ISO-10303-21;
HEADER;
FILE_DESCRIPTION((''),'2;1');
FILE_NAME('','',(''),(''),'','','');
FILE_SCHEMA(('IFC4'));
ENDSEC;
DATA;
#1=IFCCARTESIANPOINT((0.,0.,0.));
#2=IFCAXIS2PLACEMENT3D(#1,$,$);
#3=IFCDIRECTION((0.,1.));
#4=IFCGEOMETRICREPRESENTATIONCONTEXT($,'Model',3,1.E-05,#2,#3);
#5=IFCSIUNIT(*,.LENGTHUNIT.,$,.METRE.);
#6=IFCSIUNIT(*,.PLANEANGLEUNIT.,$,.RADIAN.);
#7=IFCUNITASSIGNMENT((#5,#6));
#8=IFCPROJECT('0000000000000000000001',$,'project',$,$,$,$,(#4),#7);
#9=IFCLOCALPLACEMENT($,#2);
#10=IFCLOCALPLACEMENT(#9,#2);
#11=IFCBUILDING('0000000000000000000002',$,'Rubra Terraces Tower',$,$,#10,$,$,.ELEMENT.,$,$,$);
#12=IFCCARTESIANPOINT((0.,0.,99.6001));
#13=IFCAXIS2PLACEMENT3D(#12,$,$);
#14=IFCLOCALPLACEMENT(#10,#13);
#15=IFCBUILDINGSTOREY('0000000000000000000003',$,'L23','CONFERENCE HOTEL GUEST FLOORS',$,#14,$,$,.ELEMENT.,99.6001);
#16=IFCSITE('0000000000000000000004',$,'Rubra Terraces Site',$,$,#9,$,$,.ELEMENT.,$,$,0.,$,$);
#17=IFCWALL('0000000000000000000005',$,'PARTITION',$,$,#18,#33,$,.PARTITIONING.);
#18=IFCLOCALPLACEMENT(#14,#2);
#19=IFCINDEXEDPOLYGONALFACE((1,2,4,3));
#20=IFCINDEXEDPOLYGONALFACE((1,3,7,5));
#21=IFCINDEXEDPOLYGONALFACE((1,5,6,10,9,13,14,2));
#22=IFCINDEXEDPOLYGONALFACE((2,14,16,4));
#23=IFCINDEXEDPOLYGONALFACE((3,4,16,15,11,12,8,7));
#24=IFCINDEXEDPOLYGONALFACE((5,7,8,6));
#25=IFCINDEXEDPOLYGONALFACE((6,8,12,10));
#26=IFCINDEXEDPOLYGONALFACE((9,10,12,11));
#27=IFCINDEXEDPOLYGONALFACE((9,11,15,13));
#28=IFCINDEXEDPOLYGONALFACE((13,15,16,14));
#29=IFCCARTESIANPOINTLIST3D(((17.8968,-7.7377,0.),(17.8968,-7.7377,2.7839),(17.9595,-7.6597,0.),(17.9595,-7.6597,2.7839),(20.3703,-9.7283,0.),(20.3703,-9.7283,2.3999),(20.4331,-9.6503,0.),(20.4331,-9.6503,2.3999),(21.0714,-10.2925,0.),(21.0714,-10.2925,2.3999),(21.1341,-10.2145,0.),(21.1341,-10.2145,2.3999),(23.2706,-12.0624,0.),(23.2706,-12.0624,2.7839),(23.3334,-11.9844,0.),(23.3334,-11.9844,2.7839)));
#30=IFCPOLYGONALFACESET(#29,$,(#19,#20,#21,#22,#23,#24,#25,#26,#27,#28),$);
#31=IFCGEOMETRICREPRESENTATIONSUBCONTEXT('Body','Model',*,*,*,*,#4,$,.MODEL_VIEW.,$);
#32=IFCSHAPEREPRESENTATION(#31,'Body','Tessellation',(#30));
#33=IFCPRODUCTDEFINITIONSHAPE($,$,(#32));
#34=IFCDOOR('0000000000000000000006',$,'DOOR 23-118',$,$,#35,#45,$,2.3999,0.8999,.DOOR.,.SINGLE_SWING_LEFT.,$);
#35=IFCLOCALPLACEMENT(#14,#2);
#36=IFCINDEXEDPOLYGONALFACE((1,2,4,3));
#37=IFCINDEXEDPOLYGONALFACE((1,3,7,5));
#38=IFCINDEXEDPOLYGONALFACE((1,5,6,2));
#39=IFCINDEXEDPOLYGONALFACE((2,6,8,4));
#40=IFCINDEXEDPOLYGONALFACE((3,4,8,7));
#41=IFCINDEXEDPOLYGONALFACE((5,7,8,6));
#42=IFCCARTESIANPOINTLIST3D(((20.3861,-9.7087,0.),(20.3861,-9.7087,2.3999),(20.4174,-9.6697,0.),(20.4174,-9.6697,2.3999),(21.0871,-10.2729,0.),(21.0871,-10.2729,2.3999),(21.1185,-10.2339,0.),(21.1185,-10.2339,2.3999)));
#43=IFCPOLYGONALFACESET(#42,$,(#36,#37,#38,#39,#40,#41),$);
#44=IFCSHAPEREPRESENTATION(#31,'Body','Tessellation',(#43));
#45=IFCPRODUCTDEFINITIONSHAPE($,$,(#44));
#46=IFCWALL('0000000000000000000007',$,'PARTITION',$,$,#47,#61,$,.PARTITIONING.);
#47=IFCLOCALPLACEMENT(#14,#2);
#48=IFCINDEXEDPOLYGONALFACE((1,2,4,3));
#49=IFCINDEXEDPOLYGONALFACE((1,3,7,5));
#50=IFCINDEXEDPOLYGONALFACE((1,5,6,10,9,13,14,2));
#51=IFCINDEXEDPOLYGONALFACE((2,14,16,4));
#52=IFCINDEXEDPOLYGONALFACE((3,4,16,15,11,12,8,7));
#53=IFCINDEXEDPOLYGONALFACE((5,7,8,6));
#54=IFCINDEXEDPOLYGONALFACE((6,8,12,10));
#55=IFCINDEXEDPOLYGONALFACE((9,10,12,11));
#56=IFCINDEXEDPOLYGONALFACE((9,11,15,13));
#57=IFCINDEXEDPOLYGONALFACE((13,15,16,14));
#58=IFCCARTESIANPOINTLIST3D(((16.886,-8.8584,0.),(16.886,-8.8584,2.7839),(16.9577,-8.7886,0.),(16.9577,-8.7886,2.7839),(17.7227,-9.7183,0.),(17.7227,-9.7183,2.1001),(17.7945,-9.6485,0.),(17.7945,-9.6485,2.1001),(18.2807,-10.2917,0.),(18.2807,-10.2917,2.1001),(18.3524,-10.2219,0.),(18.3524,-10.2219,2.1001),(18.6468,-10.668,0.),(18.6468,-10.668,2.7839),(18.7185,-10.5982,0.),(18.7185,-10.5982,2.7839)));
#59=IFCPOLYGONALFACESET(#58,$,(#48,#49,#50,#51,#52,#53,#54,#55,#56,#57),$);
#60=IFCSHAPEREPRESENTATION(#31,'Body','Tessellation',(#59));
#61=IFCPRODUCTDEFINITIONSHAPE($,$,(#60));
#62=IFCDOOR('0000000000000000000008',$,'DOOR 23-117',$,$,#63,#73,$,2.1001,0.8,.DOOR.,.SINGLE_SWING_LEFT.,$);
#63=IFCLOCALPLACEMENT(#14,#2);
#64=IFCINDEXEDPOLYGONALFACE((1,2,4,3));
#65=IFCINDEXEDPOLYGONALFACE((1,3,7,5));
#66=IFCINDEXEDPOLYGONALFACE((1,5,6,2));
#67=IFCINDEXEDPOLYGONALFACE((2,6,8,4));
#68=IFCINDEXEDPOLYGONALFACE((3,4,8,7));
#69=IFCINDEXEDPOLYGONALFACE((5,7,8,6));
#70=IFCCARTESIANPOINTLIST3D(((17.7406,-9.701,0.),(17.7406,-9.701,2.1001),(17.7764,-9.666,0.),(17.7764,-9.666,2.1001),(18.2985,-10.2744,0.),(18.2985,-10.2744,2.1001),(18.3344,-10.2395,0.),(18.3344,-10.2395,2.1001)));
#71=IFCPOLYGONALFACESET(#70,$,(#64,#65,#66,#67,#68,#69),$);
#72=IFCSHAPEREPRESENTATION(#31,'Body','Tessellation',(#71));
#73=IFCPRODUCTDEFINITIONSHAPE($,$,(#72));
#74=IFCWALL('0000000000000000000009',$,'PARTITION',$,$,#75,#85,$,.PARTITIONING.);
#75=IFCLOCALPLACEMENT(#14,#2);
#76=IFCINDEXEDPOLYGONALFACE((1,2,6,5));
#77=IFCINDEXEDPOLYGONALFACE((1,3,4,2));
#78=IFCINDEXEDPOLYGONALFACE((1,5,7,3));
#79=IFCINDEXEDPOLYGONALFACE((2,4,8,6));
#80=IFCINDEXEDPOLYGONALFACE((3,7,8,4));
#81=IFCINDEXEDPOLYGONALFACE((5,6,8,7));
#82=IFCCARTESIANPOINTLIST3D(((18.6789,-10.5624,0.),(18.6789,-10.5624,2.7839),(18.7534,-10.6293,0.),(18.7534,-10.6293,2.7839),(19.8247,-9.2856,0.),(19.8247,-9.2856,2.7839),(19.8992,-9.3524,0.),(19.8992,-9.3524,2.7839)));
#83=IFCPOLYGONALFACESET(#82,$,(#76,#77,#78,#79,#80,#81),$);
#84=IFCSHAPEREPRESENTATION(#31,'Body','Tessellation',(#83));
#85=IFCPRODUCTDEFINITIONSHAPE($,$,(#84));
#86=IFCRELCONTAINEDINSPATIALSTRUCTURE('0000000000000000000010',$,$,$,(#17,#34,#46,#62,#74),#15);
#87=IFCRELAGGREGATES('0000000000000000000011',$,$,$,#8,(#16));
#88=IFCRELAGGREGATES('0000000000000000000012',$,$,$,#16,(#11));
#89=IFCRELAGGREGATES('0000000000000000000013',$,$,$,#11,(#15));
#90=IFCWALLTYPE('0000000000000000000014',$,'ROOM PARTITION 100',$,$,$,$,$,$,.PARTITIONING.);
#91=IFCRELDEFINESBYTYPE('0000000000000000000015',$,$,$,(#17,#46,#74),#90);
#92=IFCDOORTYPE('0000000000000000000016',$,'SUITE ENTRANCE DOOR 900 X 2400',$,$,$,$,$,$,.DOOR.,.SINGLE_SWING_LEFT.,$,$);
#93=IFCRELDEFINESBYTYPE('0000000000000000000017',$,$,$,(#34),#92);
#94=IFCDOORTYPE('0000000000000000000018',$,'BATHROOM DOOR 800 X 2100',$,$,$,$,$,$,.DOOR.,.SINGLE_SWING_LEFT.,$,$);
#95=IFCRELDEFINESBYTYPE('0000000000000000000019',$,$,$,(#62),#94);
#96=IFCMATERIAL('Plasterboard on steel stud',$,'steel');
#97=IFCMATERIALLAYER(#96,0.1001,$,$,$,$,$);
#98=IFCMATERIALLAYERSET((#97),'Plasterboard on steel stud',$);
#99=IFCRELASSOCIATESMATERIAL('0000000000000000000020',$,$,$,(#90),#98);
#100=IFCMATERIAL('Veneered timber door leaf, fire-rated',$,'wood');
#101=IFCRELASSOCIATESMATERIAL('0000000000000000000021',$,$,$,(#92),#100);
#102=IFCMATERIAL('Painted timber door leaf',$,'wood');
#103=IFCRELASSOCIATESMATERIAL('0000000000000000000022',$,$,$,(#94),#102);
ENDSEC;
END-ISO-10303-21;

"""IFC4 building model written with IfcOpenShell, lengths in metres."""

from ifc_helpers import new_model, si_unit, direction, frame, frame_2d, origin, place, context, subcontext, project, spatial, rectangle, extrude, material, layer, layer_set, type_object, element, fill, save


model = new_model("IFC4")

# Units and contexts
model_context = context("Model", 3, precision=1e-05, world=origin(), true_north=direction((0.0, 1.0)))
body_context = subcontext(model_context, "Body", "Model", "MODEL_VIEW")
ifc_project = project(units=[si_unit("LENGTHUNIT", "METRE"), si_unit("PLANEANGLEUNIT", "RADIAN")], contexts=[model_context])

# Site, building, storey
site_placement = place(None, origin())
site = spatial("IfcSite", under=ifc_project, at=site_placement, Name="Rubra Terraces Site", CompositionType="ELEMENT", RefElevation=0.0)
building_placement = place(site_placement, origin())
building = spatial("IfcBuilding", under=site, at=building_placement, Name="Rubra Terraces Tower", CompositionType="ELEMENT")
storey_placement = place(building_placement, frame((0.0, 0.0, 99.6001)))
storey = spatial("IfcBuildingStorey", under=building, at=storey_placement, Name="L23", Description="CONFERENCE HOTEL GUEST FLOORS", CompositionType="ELEMENT", Elevation=99.6001)

# Walls, openings, doors
ifc_material_1 = material(Name="Plasterboard on steel stud", Category="steel")
ifc_layer_1 = layer(ifc_material_1, 0.1001)
ifc_layer_set_1 = layer_set([ifc_layer_1], Name="Plasterboard on steel stud")
wall_type_1 = type_object("IfcWallType", Name="ROOM PARTITION 100", PredefinedType="PARTITIONING", material=ifc_layer_set_1)
wall_1_placement = place(storey_placement, frame((23.302, -12.0234, 0.0), z_axis=(0.0, 0.0, 1.0), x_axis=(-0.779049, 0.626963, 0.0)))
wall_1 = element("IfcWall", 1, at=wall_1_placement, inside=storey, type_object=wall_type_1, Name="PARTITION", PredefinedType="PARTITIONING", context=body_context, shape_type="SweptSolid", body=[
    extrude(rectangle(XDim=6.8979, YDim=0.1001, at=frame_2d((3.449, 0.0))), origin(), (0.0, 0.0, 1.0), 2.7839),
])
opening_1_placement = place(wall_1_placement, frame((2.823, 0.0, 0.0)))
opening_1 = element("IfcOpeningElement", 2, at=opening_1_placement, cuts=wall_1, PredefinedType="OPENING", context=body_context, shape_type="SweptSolid", body=[
    extrude(rectangle(XDim=0.8999, YDim=2.3999, at=frame_2d((0.45, 1.2))), frame((0.0, 0.0601, 0.0), z_axis=(0.0, -1.0, 0.0), x_axis=(1.0, 0.0, 0.0)), (0.0, 0.0, 1.0), 0.1201),
])
ifc_material_2 = material(Name="Veneered timber door leaf, fire-rated", Category="wood")
door_type_1 = type_object("IfcDoorType", Name="SUITE ENTRANCE DOOR 900 X 2400", OperationType="SINGLE_SWING_LEFT", PredefinedType="DOOR", material=ifc_material_2)
door_1_placement = place(opening_1_placement, origin())
door_1 = element("IfcDoor", 3, at=door_1_placement, inside=storey, type_object=door_type_1, Name="DOOR 23-118", OperationType="SINGLE_SWING_LEFT", OverallHeight=2.3999, OverallWidth=0.8999, PredefinedType="DOOR", context=body_context, shape_type="SweptSolid", body=[
    extrude(rectangle(XDim=0.8999, YDim=2.3999, at=frame_2d((0.45, 1.2))), frame((0.0, 0.0249, 0.0), z_axis=(0.0, -1.0, 0.0), x_axis=(1.0, 0.0, 0.0)), (0.0, 0.0, 1.0), 0.05),
])
fill(opening_1, door_1)
wall_2_placement = place(storey_placement, frame((16.9219, -8.8235, 0.0), z_axis=(0.0, 0.0, 1.0), x_axis=(0.697371, -0.71671, 0.0)))
wall_2 = element("IfcWall", 4, at=wall_2_placement, inside=storey, type_object=wall_type_1, Name="PARTITION", PredefinedType="PARTITIONING", context=body_context, shape_type="SweptSolid", body=[
    extrude(rectangle(XDim=2.5249, YDim=0.1001, at=frame_2d((1.2625, 0.0))), origin(), (0.0, 0.0, 1.0), 2.7839),
])
opening_2_placement = place(wall_2_placement, frame((1.2, 0.0, 0.0)))
opening_2 = element("IfcOpeningElement", 5, at=opening_2_placement, cuts=wall_2, PredefinedType="OPENING", context=body_context, shape_type="SweptSolid", body=[
    extrude(rectangle(XDim=0.8, YDim=2.1001, at=frame_2d((0.3999, 1.05))), frame((0.0, 0.0601, 0.0), z_axis=(0.0, -1.0, 0.0), x_axis=(1.0, 0.0, 0.0)), (0.0, 0.0, 1.0), 0.1201),
])
ifc_material_3 = material(Name="Painted timber door leaf", Category="wood")
door_type_2 = type_object("IfcDoorType", Name="BATHROOM DOOR 800 X 2100", OperationType="SINGLE_SWING_LEFT", PredefinedType="DOOR", material=ifc_material_3)
door_2_placement = place(opening_2_placement, origin())
door_2 = element("IfcDoor", 6, at=door_2_placement, inside=storey, type_object=door_type_2, Name="DOOR 23-117", OperationType="SINGLE_SWING_LEFT", OverallHeight=2.1001, OverallWidth=0.8, PredefinedType="DOOR", context=body_context, shape_type="SweptSolid", body=[
    extrude(rectangle(XDim=0.8, YDim=2.1001, at=frame_2d((0.3999, 1.05))), frame((0.0, 0.0249, 0.0), z_axis=(0.0, -1.0, 0.0), x_axis=(1.0, 0.0, 0.0)), (0.0, 0.0, 1.0), 0.05),
])
fill(opening_2, door_2)

# Wall
wall_3_placement = place(storey_placement, frame((18.7161, -10.5959, 0.0), z_axis=(0.0, 0.0, 1.0), x_axis=(0.667863, 0.744284, 0.0)))
element("IfcWall", 7, at=wall_3_placement, inside=storey, type_object=wall_type_1, Name="PARTITION", PredefinedType="PARTITIONING", context=body_context, shape_type="SweptSolid", body=[
    extrude(rectangle(XDim=1.7156, YDim=0.1001, at=frame_2d((0.8579, 0.0))), origin(), (0.0, 0.0, 1.0), 2.7839),
])

save(model, "model.ifc")
